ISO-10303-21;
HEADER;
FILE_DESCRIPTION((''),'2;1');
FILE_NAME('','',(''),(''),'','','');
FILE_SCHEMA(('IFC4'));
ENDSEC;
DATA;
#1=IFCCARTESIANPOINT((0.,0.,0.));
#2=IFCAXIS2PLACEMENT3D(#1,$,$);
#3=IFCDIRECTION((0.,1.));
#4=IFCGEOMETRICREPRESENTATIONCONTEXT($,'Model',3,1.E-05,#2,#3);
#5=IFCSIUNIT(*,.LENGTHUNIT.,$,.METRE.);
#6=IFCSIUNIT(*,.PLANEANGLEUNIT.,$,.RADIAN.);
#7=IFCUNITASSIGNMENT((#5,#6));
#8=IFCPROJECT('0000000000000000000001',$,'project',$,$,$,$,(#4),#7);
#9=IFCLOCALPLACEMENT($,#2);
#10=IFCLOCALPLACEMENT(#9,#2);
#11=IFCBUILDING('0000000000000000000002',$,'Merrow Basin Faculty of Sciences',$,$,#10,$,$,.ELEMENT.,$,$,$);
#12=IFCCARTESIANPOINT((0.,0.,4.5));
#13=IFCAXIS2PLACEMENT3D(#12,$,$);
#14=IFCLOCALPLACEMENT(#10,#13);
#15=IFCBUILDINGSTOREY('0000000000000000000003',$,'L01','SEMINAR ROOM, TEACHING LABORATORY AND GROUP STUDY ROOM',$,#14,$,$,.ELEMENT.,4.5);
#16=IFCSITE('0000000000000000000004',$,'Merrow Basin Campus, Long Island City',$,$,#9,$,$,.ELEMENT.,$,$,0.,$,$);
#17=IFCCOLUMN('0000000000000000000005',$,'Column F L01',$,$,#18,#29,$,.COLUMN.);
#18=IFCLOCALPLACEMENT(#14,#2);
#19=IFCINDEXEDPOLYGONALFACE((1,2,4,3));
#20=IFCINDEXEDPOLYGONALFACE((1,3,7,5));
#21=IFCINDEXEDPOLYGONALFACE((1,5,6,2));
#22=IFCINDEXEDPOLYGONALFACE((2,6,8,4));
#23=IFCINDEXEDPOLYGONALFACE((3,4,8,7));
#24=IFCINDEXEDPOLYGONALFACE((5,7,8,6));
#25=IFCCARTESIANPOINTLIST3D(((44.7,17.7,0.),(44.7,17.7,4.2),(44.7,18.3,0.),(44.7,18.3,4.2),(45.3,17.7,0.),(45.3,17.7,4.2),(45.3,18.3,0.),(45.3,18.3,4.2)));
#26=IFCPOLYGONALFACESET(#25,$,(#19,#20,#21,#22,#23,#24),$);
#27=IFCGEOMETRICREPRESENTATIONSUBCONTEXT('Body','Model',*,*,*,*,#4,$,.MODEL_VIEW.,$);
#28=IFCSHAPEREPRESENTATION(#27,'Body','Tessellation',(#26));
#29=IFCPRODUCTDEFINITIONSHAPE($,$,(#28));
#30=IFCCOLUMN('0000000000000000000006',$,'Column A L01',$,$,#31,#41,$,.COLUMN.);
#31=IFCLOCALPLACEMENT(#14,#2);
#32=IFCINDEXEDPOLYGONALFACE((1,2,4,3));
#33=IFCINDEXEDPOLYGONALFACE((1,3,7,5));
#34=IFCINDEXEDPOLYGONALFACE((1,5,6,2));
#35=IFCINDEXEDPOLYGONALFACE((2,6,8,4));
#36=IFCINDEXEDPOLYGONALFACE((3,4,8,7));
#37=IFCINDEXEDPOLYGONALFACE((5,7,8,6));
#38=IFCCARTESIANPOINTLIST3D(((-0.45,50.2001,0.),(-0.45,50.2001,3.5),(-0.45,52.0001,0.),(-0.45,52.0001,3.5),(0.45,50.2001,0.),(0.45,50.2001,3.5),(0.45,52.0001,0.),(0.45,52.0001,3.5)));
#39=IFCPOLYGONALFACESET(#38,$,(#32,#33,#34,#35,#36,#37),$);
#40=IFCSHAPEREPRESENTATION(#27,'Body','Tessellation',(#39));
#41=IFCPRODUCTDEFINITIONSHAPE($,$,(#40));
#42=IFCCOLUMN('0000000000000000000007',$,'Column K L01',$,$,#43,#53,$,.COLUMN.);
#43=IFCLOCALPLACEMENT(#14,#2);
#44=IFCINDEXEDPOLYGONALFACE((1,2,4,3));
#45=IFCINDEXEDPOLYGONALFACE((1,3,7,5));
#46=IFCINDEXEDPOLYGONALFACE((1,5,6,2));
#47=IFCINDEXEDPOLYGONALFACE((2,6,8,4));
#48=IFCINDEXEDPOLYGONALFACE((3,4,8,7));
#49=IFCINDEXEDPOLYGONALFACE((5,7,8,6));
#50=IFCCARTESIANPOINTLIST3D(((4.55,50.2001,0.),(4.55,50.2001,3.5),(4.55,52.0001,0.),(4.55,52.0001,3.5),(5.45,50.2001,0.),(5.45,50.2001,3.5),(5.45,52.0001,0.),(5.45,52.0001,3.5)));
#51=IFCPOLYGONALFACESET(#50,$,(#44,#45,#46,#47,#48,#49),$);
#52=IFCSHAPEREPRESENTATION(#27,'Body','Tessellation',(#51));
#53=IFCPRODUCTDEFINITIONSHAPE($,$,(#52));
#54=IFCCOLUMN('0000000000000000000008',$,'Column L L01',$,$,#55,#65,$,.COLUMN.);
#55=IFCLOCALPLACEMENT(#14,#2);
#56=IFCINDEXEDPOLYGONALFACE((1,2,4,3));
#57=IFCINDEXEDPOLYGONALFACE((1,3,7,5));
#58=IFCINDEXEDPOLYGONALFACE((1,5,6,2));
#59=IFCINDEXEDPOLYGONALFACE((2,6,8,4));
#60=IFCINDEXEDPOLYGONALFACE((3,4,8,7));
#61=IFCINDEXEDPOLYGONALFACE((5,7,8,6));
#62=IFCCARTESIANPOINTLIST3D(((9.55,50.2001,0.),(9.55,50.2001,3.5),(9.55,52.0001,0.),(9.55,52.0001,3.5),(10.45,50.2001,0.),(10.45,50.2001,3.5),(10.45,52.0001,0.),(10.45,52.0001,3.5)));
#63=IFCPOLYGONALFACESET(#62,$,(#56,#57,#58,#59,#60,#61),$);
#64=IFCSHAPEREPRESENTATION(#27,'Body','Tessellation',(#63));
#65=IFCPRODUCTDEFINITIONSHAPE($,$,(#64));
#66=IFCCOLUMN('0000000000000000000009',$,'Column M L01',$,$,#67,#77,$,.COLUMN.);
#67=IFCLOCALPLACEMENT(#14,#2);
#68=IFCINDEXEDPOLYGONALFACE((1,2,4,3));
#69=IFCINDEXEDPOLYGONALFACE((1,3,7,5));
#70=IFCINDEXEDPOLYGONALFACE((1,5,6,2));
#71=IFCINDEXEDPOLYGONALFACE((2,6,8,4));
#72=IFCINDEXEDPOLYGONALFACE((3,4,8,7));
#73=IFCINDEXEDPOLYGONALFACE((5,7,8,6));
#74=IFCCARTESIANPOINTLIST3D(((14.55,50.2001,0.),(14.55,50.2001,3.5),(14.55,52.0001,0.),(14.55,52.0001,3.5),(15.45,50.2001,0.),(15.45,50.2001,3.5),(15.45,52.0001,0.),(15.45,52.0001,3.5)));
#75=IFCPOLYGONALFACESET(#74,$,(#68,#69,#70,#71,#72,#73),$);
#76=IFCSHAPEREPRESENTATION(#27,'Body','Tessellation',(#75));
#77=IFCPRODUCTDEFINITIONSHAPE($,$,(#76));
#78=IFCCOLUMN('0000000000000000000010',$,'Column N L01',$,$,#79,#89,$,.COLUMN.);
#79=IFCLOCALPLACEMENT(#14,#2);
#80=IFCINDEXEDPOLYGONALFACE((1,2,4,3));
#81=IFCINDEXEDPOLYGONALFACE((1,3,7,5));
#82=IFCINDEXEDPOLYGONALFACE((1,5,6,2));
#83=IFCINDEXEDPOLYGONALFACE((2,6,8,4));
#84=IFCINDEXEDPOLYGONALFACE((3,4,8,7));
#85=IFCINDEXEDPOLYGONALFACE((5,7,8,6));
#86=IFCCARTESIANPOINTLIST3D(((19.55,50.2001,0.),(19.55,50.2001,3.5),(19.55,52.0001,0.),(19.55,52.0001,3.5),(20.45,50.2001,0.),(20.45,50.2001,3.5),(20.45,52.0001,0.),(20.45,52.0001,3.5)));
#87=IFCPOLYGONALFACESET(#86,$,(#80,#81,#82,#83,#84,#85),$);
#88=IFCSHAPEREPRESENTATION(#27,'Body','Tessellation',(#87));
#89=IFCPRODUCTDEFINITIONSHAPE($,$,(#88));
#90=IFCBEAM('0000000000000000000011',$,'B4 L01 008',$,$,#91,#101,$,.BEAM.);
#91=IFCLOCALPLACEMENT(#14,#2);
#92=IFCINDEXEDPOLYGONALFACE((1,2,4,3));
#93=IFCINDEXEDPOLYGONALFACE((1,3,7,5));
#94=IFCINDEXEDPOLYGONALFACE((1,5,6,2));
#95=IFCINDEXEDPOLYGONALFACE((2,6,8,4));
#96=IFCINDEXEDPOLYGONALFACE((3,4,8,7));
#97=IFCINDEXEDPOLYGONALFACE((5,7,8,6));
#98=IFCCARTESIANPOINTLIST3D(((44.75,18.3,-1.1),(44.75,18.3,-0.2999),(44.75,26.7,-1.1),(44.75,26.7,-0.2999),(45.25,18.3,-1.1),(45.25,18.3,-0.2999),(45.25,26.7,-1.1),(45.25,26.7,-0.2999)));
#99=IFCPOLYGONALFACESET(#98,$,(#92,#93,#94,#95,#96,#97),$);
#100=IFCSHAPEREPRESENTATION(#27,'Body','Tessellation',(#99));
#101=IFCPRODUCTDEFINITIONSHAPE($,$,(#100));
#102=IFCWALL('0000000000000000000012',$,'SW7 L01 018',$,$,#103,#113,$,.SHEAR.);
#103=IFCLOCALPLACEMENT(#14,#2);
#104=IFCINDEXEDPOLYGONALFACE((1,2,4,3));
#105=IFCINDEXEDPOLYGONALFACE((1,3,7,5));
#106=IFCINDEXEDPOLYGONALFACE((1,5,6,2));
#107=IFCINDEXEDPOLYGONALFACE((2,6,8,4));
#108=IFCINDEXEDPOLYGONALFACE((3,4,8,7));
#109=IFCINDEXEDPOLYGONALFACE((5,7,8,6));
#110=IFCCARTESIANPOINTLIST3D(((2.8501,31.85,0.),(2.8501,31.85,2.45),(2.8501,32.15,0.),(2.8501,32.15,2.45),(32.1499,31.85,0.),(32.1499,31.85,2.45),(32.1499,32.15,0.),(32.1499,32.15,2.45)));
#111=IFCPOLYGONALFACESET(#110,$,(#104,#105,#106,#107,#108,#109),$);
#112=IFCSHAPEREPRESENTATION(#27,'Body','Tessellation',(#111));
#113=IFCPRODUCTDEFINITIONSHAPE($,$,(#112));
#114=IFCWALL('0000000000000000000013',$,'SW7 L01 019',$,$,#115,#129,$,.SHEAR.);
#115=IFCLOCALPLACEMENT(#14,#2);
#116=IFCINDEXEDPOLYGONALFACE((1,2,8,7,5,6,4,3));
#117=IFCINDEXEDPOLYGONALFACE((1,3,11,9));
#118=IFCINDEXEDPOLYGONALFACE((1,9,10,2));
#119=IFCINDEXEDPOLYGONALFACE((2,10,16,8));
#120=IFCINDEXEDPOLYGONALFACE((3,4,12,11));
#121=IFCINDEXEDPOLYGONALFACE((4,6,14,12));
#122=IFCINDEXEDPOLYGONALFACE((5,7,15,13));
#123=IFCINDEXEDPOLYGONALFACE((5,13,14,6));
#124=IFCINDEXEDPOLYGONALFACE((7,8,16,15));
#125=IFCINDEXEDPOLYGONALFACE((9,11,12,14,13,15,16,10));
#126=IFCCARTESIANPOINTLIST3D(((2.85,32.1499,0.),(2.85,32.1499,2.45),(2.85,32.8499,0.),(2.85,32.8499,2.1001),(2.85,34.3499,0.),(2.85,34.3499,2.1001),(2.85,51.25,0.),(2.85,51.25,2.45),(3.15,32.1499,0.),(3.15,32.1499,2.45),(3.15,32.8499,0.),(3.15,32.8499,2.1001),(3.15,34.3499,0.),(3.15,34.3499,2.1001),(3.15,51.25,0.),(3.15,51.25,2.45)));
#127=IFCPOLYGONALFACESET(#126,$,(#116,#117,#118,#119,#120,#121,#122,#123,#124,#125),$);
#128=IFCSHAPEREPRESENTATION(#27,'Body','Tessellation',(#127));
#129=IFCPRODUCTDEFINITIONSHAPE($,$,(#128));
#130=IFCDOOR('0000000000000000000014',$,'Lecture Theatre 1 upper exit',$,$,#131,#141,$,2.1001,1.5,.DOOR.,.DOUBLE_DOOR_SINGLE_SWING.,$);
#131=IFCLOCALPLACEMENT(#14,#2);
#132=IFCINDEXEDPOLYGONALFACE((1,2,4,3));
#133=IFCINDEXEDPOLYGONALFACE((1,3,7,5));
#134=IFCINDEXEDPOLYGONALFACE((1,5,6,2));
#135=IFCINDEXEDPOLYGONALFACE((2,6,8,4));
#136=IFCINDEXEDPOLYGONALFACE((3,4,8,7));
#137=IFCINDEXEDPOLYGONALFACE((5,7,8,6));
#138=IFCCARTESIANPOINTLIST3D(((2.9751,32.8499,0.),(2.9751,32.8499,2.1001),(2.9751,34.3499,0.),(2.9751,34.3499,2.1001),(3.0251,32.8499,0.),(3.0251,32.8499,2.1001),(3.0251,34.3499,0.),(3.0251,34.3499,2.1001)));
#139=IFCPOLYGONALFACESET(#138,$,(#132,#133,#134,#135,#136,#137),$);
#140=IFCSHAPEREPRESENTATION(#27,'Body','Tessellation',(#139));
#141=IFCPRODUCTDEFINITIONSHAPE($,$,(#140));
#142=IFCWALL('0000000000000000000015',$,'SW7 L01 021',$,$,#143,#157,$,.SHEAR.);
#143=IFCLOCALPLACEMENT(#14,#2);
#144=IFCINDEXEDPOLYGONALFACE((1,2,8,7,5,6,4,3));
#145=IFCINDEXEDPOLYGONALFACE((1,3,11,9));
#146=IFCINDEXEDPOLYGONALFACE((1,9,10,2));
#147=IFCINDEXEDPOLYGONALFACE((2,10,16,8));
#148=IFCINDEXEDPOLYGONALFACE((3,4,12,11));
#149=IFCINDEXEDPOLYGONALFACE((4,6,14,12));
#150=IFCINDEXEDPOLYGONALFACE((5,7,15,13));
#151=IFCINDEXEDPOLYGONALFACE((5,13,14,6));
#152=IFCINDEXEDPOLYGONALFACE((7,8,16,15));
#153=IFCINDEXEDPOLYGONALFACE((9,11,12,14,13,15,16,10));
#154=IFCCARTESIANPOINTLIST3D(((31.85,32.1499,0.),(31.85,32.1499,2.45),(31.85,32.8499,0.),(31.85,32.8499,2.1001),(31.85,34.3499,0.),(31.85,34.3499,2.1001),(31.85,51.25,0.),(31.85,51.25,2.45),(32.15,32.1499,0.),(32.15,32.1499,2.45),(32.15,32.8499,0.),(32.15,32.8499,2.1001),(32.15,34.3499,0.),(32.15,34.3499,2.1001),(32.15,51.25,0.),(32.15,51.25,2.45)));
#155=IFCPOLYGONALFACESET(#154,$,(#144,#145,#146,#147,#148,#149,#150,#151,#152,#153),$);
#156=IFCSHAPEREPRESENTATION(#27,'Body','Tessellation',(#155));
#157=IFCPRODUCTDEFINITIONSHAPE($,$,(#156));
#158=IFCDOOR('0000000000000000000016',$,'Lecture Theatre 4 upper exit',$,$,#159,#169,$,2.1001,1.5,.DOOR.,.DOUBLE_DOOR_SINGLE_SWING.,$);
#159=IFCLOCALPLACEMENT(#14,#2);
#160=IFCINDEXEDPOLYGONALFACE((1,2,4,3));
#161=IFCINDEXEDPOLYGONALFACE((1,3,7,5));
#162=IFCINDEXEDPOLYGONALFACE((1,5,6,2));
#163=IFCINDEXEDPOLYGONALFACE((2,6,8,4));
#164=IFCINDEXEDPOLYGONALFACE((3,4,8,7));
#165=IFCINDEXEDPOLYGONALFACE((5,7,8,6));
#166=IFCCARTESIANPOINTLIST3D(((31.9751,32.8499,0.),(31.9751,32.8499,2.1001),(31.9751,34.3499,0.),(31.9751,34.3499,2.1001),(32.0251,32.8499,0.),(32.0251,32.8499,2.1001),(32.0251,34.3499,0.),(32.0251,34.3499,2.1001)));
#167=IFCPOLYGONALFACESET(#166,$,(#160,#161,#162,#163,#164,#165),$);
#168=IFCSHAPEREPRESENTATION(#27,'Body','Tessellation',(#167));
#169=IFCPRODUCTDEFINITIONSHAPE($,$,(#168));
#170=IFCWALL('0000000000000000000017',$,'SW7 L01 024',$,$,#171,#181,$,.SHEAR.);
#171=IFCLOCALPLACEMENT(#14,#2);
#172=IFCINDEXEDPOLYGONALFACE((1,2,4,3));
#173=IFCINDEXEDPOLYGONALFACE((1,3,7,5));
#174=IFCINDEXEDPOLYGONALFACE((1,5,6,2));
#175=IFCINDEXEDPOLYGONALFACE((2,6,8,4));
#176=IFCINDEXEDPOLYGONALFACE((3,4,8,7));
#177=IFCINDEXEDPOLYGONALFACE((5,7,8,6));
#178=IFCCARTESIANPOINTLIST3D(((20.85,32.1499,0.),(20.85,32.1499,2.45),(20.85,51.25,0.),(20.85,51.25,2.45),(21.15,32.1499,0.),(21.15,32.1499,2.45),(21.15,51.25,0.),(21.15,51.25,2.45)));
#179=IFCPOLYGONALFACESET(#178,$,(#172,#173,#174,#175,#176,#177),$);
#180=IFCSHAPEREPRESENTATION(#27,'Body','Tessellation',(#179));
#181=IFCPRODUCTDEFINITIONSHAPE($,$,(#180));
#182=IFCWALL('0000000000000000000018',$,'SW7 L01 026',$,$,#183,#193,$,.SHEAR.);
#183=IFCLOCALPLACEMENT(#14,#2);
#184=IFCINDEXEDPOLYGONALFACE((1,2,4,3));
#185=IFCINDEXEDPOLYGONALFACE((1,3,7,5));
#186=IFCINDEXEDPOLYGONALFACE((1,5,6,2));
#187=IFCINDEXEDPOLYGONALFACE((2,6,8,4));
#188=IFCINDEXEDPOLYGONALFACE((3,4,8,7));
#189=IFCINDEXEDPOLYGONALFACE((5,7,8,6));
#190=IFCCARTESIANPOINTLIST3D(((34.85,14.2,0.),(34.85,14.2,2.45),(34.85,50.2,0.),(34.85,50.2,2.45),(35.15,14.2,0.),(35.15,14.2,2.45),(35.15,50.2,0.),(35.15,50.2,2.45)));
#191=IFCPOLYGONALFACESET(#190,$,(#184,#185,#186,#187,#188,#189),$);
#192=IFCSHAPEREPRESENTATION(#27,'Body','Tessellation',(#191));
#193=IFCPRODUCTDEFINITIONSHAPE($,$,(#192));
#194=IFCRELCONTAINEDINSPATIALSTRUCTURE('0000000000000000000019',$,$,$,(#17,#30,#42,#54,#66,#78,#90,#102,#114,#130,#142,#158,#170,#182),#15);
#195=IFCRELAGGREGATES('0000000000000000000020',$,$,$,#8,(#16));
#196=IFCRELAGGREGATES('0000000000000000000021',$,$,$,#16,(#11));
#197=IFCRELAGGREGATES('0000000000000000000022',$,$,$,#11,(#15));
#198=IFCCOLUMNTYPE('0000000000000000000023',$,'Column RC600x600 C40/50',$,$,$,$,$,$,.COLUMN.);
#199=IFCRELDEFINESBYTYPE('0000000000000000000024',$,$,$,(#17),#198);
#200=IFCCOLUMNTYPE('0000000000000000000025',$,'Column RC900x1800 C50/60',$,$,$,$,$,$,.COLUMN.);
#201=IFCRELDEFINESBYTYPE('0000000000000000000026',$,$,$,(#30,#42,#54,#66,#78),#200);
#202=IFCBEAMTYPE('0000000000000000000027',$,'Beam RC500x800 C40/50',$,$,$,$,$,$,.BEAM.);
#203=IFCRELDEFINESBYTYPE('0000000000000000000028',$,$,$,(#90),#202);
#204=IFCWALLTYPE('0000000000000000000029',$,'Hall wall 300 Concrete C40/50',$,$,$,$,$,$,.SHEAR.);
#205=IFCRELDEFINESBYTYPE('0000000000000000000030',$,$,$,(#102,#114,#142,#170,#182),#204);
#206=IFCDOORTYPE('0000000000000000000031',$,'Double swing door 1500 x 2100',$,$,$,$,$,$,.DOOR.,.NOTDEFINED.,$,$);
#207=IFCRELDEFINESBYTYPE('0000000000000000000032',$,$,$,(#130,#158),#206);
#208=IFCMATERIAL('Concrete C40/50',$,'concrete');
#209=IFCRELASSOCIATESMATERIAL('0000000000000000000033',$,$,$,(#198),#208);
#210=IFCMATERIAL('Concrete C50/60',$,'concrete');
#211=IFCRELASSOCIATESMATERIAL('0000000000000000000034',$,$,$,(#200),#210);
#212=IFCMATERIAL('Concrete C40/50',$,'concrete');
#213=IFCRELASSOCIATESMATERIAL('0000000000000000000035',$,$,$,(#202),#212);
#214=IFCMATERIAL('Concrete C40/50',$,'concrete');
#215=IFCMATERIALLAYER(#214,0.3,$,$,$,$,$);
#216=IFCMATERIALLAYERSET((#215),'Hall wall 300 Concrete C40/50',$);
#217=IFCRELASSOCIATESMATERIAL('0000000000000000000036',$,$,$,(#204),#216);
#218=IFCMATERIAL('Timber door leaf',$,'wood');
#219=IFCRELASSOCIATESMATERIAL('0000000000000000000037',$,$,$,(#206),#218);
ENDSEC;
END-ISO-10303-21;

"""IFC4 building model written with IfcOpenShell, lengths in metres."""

from ifc_helpers import new_model, si_unit, direction, frame, frame_2d, origin, origin_2d, place, context, subcontext, project, spatial, rectangle, extrude, material, layer, layer_set, material_profile, profile_set, type_object, element, fill, save


model = new_model("IFC4")

# Units and contexts
model_context = context("Model", 3, precision=1e-05, world=origin(), true_north=direction((0.0, 1.0)))
body_context = subcontext(model_context, "Body", "Model", "MODEL_VIEW")
ifc_project = project(units=[si_unit("LENGTHUNIT", "METRE"), si_unit("PLANEANGLEUNIT", "RADIAN")], contexts=[model_context])

# Site, building, storey
site_placement = place(None, origin())
site = spatial("IfcSite", under=ifc_project, at=site_placement, Name="Merrow Basin Campus, Long Island City", CompositionType="ELEMENT", RefElevation=0.0)
building_placement = place(site_placement, origin())
building = spatial("IfcBuilding", under=site, at=building_placement, Name="Merrow Basin Faculty of Sciences", CompositionType="ELEMENT")
storey_placement = place(building_placement, frame((0.0, 0.0, 4.5)))
storey = spatial("IfcBuildingStorey", under=building, at=storey_placement, Name="L01", Description="SEMINAR ROOM, TEACHING LABORATORY AND GROUP STUDY ROOM", CompositionType="ELEMENT", Elevation=4.5)

# Columns
ifc_material_1 = material(Name="Concrete C40/50", Category="concrete")
ifc_material_profile_1 = material_profile(ifc_material_1, rectangle(XDim=0.6001, YDim=0.6001, at=origin_2d()))
ifc_profile_set_1 = profile_set([ifc_material_profile_1], Name="Concrete C40/50")
column_type_1 = type_object("IfcColumnType", Name="Column RC600x600 C40/50", PredefinedType="COLUMN", material=ifc_profile_set_1)
column_placement = place(storey_placement, frame((45.0, 18.0, 0.0), z_axis=(0.0, 0.0, 1.0), x_axis=(1.0, 0.0, 0.0)))
element("IfcColumn", 1, at=column_placement, inside=storey, type_object=column_type_1, Name="Column F L01", PredefinedType="COLUMN", context=body_context, shape_type="SweptSolid", body=[
    extrude(rectangle(XDim=0.6001, YDim=0.6001, at=origin_2d()), origin(), (0.0, 0.0, 1.0), 4.2),
])
ifc_material_2 = material(Name="Concrete C50/60", Category="concrete")
ifc_material_profile_2 = material_profile(ifc_material_2, rectangle(XDim=0.8999, YDim=1.8, at=origin_2d()))
ifc_profile_set_2 = profile_set([ifc_material_profile_2], Name="Concrete C50/60")
column_type_2 = type_object("IfcColumnType", Name="Column RC900x1800 C50/60", PredefinedType="COLUMN", material=ifc_profile_set_2)
for number, where, z_axis, x_axis, name in (
    (2, (0.0, 51.1001, 0.0), (0.0, 0.0, 1.0), (1.0, 0.0, 0.0), "Column A L01"),
    (3, (5.0, 51.1001, 0.0), (0.0, 0.0, 1.0), (1.0, 0.0, 0.0), "Column K L01"),
    (4, (10.0, 51.1001, 0.0), (0.0, 0.0, 1.0), (1.0, 0.0, 0.0), "Column L L01"),
    (5, (15.0, 51.1001, 0.0), (0.0, 0.0, 1.0), (1.0, 0.0, 0.0), "Column M L01"),
    (6, (20.0, 51.1001, 0.0), (0.0, 0.0, 1.0), (1.0, 0.0, 0.0), "Column N L01"),
):
    element("IfcColumn", number, at=place(storey_placement, frame(where, z_axis=z_axis, x_axis=x_axis)), inside=storey, type_object=column_type_2, Name=name, PredefinedType="COLUMN", context=body_context, shape_type="SweptSolid", body=[
        extrude(rectangle(XDim=0.8999, YDim=1.8, at=origin_2d()), origin(), (0.0, 0.0, 1.0), 3.5),
    ])

# Beam
ifc_material_3 = material(Name="Concrete C40/50", Category="concrete")
ifc_material_profile_3 = material_profile(ifc_material_3, rectangle(XDim=0.5, YDim=0.8, at=origin_2d()))
ifc_profile_set_3 = profile_set([ifc_material_profile_3], Name="Concrete C40/50")
beam_type = type_object("IfcBeamType", Name="Beam RC500x800 C40/50", PredefinedType="BEAM", material=ifc_profile_set_3)
beam_placement = place(storey_placement, frame((45.0, 18.3, -0.7), z_axis=(0.0, 1.0, 0.0), x_axis=(-1.0, 0.0, 0.0)))
element("IfcBeam", 7, at=beam_placement, inside=storey, type_object=beam_type, Name="B4 L01 008", PredefinedType="BEAM", context=body_context, shape_type="SweptSolid", body=[
    extrude(rectangle(XDim=0.5, YDim=0.8, at=origin_2d()), origin(), (0.0, 0.0, 1.0), 8.3999),
])

# Wall
ifc_material_4 = material(Name="Concrete C40/50", Category="concrete")
ifc_layer_1 = layer(ifc_material_4, 0.3)
ifc_layer_set_1 = layer_set([ifc_layer_1], Name="Hall wall 300 Concrete C40/50")
wall_type_1 = type_object("IfcWallType", Name="Hall wall 300 Concrete C40/50", PredefinedType="SHEAR", material=ifc_layer_set_1)
wall_1_placement = place(storey_placement, frame((2.8501, 32.0, 0.0), z_axis=(0.0, 0.0, 1.0), x_axis=(1.0, 0.0, 0.0)))
element("IfcWall", 8, at=wall_1_placement, inside=storey, type_object=wall_type_1, Name="SW7 L01 018", PredefinedType="SHEAR", context=body_context, shape_type="SweptSolid", body=[
    extrude(rectangle(XDim=29.2998, YDim=0.3, at=frame_2d((14.6499, 0.0))), origin(), (0.0, 0.0, 1.0), 2.45),
])

# Walls, openings, doors
wall_2_placement = place(storey_placement, frame((3.0, 32.1499, 0.0), z_axis=(0.0, 0.0, 1.0), x_axis=(0.0, 1.0, 0.0)))
wall_2 = element("IfcWall", 9, at=wall_2_placement, inside=storey, type_object=wall_type_1, Name="SW7 L01 019", PredefinedType="SHEAR", context=body_context, shape_type="SweptSolid", body=[
    extrude(rectangle(XDim=19.1001, YDim=0.3, at=frame_2d((9.55, 0.0))), origin(), (0.0, 0.0, 1.0), 2.45),
])
opening_1_placement = place(wall_2_placement, frame((0.7, 0.0, 0.0)))
opening_1 = element("IfcOpeningElement", 10, at=opening_1_placement, cuts=wall_2, PredefinedType="OPENING", context=body_context, shape_type="SweptSolid", body=[
    extrude(rectangle(XDim=1.5, YDim=2.1001, at=frame_2d((0.75, 1.05))), frame((0.0, 0.1599, 0.0), z_axis=(0.0, -1.0, 0.0), x_axis=(1.0, 0.0, 0.0)), (0.0, 0.0, 1.0), 0.3201),
])
ifc_material_5 = material(Name="Timber door leaf", Category="wood")
door_type_1 = type_object("IfcDoorType", Name="Double swing door 1500 x 2100", OperationType="NOTDEFINED", PredefinedType="DOOR", material=ifc_material_5)
door_1_placement = place(opening_1_placement, origin())
door_1 = element("IfcDoor", 11, at=door_1_placement, inside=storey, type_object=door_type_1, Name="Lecture Theatre 1 upper exit", OperationType="DOUBLE_DOOR_SINGLE_SWING", OverallHeight=2.1001, OverallWidth=1.5, PredefinedType="DOOR", context=body_context, shape_type="SweptSolid", body=[
    extrude(rectangle(XDim=1.5, YDim=2.1001, at=frame_2d((0.75, 1.05))), frame((0.0, 0.0249, 0.0), z_axis=(0.0, -1.0, 0.0), x_axis=(1.0, 0.0, 0.0)), (0.0, 0.0, 1.0), 0.05),
])
fill(opening_1, door_1)
wall_3_placement = place(storey_placement, frame((32.0, 32.1499, 0.0), z_axis=(0.0, 0.0, 1.0), x_axis=(0.0, 1.0, 0.0)))
wall_3 = element("IfcWall", 12, at=wall_3_placement, inside=storey, type_object=wall_type_1, Name="SW7 L01 021", PredefinedType="SHEAR", context=body_context, shape_type="SweptSolid", body=[
    extrude(rectangle(XDim=19.1001, YDim=0.3, at=frame_2d((9.55, 0.0))), origin(), (0.0, 0.0, 1.0), 2.45),
])
opening_2_placement = place(wall_3_placement, frame((0.7, 0.0, 0.0)))
opening_2 = element("IfcOpeningElement", 13, at=opening_2_placement, cuts=wall_3, PredefinedType="OPENING", context=body_context, shape_type="SweptSolid", body=[
    extrude(rectangle(XDim=1.5, YDim=2.1001, at=frame_2d((0.75, 1.05))), frame((0.0, 0.1599, 0.0), z_axis=(0.0, -1.0, 0.0), x_axis=(1.0, 0.0, 0.0)), (0.0, 0.0, 1.0), 0.3201),
])
door_2_placement = place(opening_2_placement, origin())
door_2 = element("IfcDoor", 14, at=door_2_placement, inside=storey, type_object=door_type_1, Name="Lecture Theatre 4 upper exit", OperationType="DOUBLE_DOOR_SINGLE_SWING", OverallHeight=2.1001, OverallWidth=1.5, PredefinedType="DOOR", context=body_context, shape_type="SweptSolid", body=[
    extrude(rectangle(XDim=1.5, YDim=2.1001, at=frame_2d((0.75, 1.05))), frame((0.0, 0.0249, 0.0), z_axis=(0.0, -1.0, 0.0), x_axis=(1.0, 0.0, 0.0)), (0.0, 0.0, 1.0), 0.05),
])
fill(opening_2, door_2)

# Walls
wall_4_placement = place(storey_placement, frame((21.0, 32.1499, 0.0), z_axis=(0.0, 0.0, 1.0), x_axis=(0.0, 1.0, 0.0)))
element("IfcWall", 15, at=wall_4_placement, inside=storey, type_object=wall_type_1, Name="SW7 L01 024", PredefinedType="SHEAR", context=body_context, shape_type="SweptSolid", body=[
    extrude(rectangle(XDim=19.1001, YDim=0.3, at=frame_2d((9.55, 0.0))), origin(), (0.0, 0.0, 1.0), 2.45),
])
wall_5_placement = place(storey_placement, frame((35.0, 14.2, 0.0), z_axis=(0.0, 0.0, 1.0), x_axis=(0.0, 1.0, 0.0)))
element("IfcWall", 16, at=wall_5_placement, inside=storey, type_object=wall_type_1, Name="SW7 L01 026", PredefinedType="SHEAR", context=body_context, shape_type="SweptSolid", body=[
    extrude(rectangle(XDim=36.0, YDim=0.3, at=frame_2d((18.0, 0.0))), origin(), (0.0, 0.0, 1.0), 2.45),
])

save(model, "model.ifc")
